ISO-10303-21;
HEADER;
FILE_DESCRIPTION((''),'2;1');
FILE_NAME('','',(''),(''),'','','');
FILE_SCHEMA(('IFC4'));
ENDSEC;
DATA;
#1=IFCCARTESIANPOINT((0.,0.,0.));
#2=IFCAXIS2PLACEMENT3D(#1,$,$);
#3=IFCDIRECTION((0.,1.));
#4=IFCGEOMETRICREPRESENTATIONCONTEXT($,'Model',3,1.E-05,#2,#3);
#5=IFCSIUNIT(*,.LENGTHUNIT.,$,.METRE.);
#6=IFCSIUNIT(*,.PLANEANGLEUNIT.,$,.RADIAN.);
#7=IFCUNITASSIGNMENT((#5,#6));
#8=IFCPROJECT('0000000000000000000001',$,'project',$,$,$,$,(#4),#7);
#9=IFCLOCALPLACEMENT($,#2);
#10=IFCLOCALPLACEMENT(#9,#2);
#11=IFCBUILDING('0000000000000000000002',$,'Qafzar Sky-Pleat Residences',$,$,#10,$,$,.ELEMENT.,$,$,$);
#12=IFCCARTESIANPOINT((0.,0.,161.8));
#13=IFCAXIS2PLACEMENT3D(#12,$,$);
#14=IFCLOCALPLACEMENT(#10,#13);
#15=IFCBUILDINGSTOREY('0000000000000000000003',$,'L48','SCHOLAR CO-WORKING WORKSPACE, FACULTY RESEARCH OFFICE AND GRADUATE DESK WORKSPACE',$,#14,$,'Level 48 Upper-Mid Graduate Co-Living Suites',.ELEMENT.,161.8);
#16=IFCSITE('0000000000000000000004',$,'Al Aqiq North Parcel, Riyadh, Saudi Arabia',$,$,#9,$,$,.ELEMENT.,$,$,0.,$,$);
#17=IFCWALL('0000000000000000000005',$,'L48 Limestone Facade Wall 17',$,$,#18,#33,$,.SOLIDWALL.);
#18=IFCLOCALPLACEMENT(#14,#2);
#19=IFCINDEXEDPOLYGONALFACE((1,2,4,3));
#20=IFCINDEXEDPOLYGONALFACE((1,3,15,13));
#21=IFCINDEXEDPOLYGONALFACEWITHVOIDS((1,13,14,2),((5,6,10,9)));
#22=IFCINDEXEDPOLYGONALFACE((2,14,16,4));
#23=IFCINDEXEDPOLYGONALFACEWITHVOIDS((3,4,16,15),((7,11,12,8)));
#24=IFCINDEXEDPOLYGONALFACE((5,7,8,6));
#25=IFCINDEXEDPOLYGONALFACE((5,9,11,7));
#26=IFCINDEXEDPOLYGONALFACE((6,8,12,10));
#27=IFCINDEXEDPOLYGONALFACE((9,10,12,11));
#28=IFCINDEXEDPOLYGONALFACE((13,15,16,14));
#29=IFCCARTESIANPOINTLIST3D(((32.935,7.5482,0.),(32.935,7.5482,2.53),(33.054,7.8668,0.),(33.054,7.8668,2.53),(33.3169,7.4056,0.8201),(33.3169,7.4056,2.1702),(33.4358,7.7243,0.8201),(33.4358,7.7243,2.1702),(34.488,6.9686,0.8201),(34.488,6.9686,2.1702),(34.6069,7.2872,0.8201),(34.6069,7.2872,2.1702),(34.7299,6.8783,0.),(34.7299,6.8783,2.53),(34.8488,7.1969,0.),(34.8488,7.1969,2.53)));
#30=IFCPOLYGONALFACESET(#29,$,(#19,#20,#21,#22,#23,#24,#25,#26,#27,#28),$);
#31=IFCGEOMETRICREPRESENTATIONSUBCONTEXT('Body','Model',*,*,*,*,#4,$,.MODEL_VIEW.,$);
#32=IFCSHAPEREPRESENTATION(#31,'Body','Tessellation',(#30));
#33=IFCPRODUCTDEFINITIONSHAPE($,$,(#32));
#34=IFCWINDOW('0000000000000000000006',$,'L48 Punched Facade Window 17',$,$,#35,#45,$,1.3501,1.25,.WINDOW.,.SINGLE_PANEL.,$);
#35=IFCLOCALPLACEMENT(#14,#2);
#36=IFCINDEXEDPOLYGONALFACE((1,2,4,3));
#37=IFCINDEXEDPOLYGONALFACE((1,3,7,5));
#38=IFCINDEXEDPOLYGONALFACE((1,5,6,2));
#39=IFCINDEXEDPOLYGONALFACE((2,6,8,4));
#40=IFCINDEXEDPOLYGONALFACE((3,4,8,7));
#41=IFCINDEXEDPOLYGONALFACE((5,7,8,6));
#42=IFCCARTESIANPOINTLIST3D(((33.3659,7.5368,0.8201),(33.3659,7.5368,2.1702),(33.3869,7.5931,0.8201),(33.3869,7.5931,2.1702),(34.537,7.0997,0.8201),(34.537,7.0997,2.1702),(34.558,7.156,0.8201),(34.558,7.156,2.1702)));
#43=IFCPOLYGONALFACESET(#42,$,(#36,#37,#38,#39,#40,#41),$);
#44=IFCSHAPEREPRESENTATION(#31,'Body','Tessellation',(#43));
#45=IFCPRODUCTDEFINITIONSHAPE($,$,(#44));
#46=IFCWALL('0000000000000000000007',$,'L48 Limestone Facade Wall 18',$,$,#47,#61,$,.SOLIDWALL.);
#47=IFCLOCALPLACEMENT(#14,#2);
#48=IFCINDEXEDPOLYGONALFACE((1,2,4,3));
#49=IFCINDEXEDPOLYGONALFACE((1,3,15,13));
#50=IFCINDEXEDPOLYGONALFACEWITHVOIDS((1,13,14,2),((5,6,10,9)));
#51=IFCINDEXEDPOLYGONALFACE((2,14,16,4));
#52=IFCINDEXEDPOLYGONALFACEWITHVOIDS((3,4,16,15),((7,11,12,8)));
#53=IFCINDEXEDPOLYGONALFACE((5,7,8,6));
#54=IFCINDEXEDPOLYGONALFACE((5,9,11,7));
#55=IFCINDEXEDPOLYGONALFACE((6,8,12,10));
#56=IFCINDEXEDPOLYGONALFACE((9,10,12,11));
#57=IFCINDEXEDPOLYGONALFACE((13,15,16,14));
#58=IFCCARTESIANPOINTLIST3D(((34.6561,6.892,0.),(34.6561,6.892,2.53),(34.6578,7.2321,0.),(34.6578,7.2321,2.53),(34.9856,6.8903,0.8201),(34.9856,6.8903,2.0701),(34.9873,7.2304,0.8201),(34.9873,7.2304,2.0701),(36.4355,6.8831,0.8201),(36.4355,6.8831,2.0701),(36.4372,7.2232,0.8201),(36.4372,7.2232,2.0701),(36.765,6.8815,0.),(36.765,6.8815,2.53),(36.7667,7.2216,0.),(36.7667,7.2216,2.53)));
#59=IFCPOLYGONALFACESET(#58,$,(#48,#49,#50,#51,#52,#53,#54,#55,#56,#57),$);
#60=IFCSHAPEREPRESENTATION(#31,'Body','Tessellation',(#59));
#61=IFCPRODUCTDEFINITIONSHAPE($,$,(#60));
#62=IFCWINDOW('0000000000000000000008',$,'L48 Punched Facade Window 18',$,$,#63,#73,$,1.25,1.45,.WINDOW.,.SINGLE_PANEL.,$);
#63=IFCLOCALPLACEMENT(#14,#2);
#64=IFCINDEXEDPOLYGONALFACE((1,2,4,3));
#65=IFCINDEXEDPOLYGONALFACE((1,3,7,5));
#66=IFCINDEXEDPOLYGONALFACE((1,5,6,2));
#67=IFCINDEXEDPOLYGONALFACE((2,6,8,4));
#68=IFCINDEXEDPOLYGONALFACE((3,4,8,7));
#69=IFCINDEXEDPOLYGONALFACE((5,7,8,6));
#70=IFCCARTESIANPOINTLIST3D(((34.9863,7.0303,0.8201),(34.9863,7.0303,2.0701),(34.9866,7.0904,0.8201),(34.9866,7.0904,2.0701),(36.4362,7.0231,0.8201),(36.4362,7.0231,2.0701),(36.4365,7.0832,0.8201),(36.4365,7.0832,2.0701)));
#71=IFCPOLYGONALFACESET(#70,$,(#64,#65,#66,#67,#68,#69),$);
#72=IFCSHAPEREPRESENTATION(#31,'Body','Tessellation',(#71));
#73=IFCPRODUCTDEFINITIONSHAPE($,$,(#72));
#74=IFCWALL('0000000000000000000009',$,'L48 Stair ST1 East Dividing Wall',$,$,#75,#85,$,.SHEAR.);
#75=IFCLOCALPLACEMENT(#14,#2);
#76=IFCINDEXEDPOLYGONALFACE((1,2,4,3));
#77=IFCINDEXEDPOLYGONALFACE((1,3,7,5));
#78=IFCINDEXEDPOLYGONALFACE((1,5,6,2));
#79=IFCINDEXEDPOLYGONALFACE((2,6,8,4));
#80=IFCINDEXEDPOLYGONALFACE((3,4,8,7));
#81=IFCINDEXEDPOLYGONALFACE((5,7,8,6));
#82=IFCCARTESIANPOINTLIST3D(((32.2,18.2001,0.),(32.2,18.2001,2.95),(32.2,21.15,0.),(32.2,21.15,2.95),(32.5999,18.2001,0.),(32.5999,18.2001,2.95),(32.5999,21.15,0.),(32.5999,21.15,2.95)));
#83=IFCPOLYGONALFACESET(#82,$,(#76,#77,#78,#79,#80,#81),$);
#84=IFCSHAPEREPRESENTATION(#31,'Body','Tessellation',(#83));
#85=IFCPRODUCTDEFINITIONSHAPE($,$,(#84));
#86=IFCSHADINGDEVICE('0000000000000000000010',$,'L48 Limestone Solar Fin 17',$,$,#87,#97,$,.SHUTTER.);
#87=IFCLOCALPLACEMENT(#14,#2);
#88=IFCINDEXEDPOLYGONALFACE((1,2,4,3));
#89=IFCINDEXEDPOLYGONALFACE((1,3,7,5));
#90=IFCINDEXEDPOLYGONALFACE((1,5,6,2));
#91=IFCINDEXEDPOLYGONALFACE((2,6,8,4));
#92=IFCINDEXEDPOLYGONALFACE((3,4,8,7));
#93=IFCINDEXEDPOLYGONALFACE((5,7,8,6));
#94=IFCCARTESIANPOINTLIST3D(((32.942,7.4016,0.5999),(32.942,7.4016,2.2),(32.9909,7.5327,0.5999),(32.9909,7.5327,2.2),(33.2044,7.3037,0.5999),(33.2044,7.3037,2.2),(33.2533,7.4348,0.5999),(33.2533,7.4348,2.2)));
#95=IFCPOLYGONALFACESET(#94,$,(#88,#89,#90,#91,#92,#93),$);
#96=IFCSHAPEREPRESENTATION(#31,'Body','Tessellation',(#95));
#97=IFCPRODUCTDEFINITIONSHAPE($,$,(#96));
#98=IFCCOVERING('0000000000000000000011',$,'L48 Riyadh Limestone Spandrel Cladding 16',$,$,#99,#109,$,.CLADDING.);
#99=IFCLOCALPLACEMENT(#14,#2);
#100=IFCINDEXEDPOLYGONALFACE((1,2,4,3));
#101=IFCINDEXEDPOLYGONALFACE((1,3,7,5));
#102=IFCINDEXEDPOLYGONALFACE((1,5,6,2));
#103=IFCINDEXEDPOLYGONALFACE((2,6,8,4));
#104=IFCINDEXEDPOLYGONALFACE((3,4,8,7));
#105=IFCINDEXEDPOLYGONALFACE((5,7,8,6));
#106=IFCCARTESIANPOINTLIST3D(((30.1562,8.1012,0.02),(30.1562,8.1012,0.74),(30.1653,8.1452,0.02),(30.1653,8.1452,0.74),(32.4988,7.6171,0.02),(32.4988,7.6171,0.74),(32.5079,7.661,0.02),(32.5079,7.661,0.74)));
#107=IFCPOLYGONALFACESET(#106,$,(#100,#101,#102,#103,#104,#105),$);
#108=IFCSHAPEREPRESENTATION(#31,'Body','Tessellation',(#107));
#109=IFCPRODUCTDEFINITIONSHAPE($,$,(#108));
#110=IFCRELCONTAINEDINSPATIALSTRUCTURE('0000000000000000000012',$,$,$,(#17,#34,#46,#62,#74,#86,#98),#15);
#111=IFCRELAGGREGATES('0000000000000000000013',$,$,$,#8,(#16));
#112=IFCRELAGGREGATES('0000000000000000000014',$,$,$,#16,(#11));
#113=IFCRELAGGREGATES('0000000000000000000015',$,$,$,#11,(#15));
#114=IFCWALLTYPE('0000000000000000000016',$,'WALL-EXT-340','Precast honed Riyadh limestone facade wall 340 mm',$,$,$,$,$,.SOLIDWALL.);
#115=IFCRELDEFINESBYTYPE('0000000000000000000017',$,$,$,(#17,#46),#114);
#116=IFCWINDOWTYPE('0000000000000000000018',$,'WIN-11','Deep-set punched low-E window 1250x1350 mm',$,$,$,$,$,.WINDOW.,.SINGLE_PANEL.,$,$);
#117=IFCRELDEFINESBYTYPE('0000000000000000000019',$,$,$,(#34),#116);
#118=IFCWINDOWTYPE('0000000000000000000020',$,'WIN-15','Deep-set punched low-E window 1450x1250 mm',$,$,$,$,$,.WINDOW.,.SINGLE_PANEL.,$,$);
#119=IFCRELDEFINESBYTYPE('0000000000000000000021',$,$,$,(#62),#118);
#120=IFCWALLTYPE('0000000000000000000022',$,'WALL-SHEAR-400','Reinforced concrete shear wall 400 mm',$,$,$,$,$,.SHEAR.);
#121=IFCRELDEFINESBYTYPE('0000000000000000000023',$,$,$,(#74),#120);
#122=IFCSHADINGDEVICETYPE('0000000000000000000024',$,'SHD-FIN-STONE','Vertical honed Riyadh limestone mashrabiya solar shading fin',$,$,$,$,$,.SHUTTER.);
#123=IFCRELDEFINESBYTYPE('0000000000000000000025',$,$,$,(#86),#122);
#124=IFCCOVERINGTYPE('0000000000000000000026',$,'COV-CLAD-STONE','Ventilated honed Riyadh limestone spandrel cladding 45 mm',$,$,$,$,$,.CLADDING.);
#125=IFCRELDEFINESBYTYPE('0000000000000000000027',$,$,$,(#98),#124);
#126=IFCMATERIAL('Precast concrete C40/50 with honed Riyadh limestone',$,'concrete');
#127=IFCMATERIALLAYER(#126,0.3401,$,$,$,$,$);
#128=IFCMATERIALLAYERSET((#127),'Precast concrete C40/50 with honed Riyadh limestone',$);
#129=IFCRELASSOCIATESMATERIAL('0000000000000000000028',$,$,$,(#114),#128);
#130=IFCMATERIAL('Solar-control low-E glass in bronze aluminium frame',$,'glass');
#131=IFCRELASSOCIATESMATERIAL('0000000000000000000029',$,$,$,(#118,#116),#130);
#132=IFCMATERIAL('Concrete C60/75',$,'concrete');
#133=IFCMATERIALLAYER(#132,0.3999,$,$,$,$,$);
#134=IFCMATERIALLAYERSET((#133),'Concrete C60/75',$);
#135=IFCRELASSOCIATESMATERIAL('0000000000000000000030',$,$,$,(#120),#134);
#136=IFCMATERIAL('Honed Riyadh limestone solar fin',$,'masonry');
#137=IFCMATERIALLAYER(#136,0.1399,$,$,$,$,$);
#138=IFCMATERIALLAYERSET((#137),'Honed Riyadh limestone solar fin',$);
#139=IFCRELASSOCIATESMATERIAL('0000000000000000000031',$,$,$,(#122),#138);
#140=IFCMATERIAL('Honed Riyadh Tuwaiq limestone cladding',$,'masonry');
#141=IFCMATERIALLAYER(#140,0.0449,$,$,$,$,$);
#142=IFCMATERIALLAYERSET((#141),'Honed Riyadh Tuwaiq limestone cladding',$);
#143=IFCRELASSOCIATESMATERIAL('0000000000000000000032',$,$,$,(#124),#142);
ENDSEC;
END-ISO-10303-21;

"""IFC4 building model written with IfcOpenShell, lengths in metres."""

from ifc_helpers import new_model, si_unit, direction, frame, frame_2d, origin, origin_2d, place, context, subcontext, project, spatial, rectangle, extrude, source, transform, mapped, material, layer, layer_set, type_object, element, fill, save


model = new_model("IFC4")

# Units and contexts
model_context = context("Model", 3, precision=1e-05, world=origin(), true_north=direction((0.0, 1.0)))
body_context = subcontext(model_context, "Body", "Model", "MODEL_VIEW")
ifc_project = project(units=[si_unit("LENGTHUNIT", "METRE"), si_unit("PLANEANGLEUNIT", "RADIAN")], contexts=[model_context])

# Site, building, storey
site_placement = place(None, origin())
site = spatial("IfcSite", under=ifc_project, at=site_placement, Name="Al Aqiq North Parcel, Riyadh, Saudi Arabia", CompositionType="ELEMENT", RefElevation=0.0)
building_placement = place(site_placement, origin())
building = spatial("IfcBuilding", under=site, at=building_placement, Name="Qafzar Sky-Pleat Residences", CompositionType="ELEMENT")
storey_placement = place(building_placement, frame((0.0, 0.0, 161.8)))
storey = spatial("IfcBuildingStorey", under=building, at=storey_placement, Name="L48", Description="SCHOLAR CO-WORKING WORKSPACE, FACULTY RESEARCH OFFICE AND GRADUATE DESK WORKSPACE", LongName="Level 48 Upper-Mid Graduate Co-Living Suites", CompositionType="ELEMENT", Elevation=161.8)

# Shared definitions
ifc_material_1 = material(Name="Concrete C60/75", Category="concrete")

# Walls, openings, windows
ifc_material_2 = material(Name="Precast concrete C40/50 with honed Riyadh limestone", Category="concrete")
ifc_layer_1 = layer(ifc_material_2, 0.3401)
ifc_layer_set_1 = layer_set([ifc_layer_1], Name="Precast concrete C40/50 with honed Riyadh limestone")
wall_type_1 = type_object("IfcWallType", Name="WALL-EXT-340", Description="Precast honed Riyadh limestone facade wall 340 mm", PredefinedType="SOLIDWALL", material=ifc_layer_set_1)
ifc_material_3 = material(Name="Solar-control low-E glass in bronze aluminium frame", Category="glass")
window_type_1 = type_object("IfcWindowType", Name="WIN-15", Description="Deep-set punched low-E window 1450x1250 mm", PartitioningType="SINGLE_PANEL", PredefinedType="WINDOW", material=ifc_material_3)
shared_shape_1 = source(origin(), body_context, "Body", "SweptSolid", [
    extrude(rectangle(XDim=1.45, YDim=1.25, at=frame_2d((0.7251, 0.625))), frame((0.0, 0.03, 0.0), z_axis=(0.0, -1.0, 0.0), x_axis=(1.0, 0.0, 0.0)), (0.0, 0.0, 1.0), 0.0601),
])
wall_1_placement = place(storey_placement, frame((32.9944, 7.7075, 0.0), z_axis=(0.0, 0.0, 1.0), x_axis=(0.936873, -0.349671, 0.0)))
wall_1 = element("IfcWall", 1, at=wall_1_placement, inside=storey, type_object=wall_type_1, Name="L48 Limestone Facade Wall 17", PredefinedType="SOLIDWALL", context=body_context, shape_type="SweptSolid", body=[
    extrude(rectangle(XDim=1.9158, YDim=0.3401, at=frame_2d((0.958, 0.0))), origin(), (0.0, 0.0, 1.0), 2.53),
])
opening_1_placement = place(wall_1_placement, frame((0.4077, 0.0, 0.8201)))
opening_1 = element("IfcOpeningElement", 2, at=opening_1_placement, cuts=wall_1, PredefinedType="OPENING", context=body_context, shape_type="SweptSolid", body=[
    extrude(rectangle(XDim=1.25, YDim=1.3501, at=frame_2d((0.625, 0.675))), frame((0.0, 0.1802, 0.0), z_axis=(0.0, -1.0, 0.0), x_axis=(1.0, 0.0, 0.0)), (0.0, 0.0, 1.0), 0.3601),
])
window_type_2 = type_object("IfcWindowType", Name="WIN-11", Description="Deep-set punched low-E window 1250x1350 mm", PartitioningType="SINGLE_PANEL", PredefinedType="WINDOW", material=ifc_material_3)
shared_shape_2 = source(origin(), body_context, "Body", "SweptSolid", [
    extrude(rectangle(XDim=1.25, YDim=1.3501, at=frame_2d((0.625, 0.675))), frame((0.0, 0.03, 0.0), z_axis=(0.0, -1.0, 0.0), x_axis=(1.0, 0.0, 0.0)), (0.0, 0.0, 1.0), 0.0601),
])
window_1_placement = place(opening_1_placement, origin())
window_1 = element("IfcWindow", 3, at=window_1_placement, inside=storey, type_object=window_type_2, Name="L48 Punched Facade Window 17", OverallHeight=1.3501, OverallWidth=1.25, PartitioningType="SINGLE_PANEL", PredefinedType="WINDOW", context=body_context, shape_type="MappedRepresentation", body=[
    mapped(shared_shape_2, transform((0.0, 0.0, 0.0), x_axis=(1.0, 0.0, 0.0), y_axis=(0.0, 1.0, 0.0), z_axis=(0.0, 0.0, 1.0), scale=1.0)),
])
fill(opening_1, window_1)
wall_2_placement = place(storey_placement, frame((34.657, 7.062, 0.0), z_axis=(0.0, 0.0, 1.0), x_axis=(0.999988, -0.004978, 0.0)))
wall_2 = element("IfcWall", 4, at=wall_2_placement, inside=storey, type_object=wall_type_1, Name="L48 Limestone Facade Wall 18", PredefinedType="SOLIDWALL", context=body_context, shape_type="SweptSolid", body=[
    extrude(rectangle(XDim=2.1089, YDim=0.3401, at=frame_2d((1.0544, 0.0))), origin(), (0.0, 0.0, 1.0), 2.53),
])
opening_2_placement = place(wall_2_placement, frame((0.3293, 0.0, 0.8201)))
opening_2 = element("IfcOpeningElement", 5, at=opening_2_placement, cuts=wall_2, PredefinedType="OPENING", context=body_context, shape_type="SweptSolid", body=[
    extrude(rectangle(XDim=1.45, YDim=1.25, at=frame_2d((0.7251, 0.625))), frame((0.0, 0.1802, 0.0), z_axis=(0.0, -1.0, 0.0), x_axis=(1.0, 0.0, 0.0)), (0.0, 0.0, 1.0), 0.3601),
])
window_2_placement = place(opening_2_placement, origin())
window_2 = element("IfcWindow", 6, at=window_2_placement, inside=storey, type_object=window_type_1, Name="L48 Punched Facade Window 18", OverallHeight=1.25, OverallWidth=1.45, PartitioningType="SINGLE_PANEL", PredefinedType="WINDOW", context=body_context, shape_type="MappedRepresentation", body=[
    mapped(shared_shape_1, transform((0.0, 0.0, 0.0), x_axis=(1.0, 0.0, 0.0), y_axis=(0.0, 1.0, 0.0), z_axis=(0.0, 0.0, 1.0), scale=1.0)),
])
fill(opening_2, window_2)

# Wall
ifc_layer_2 = layer(ifc_material_1, 0.3999)
ifc_layer_set_2 = layer_set([ifc_layer_2], Name="Concrete C60/75")
wall_type_2 = type_object("IfcWallType", Name="WALL-SHEAR-400", Description="Reinforced concrete shear wall 400 mm", PredefinedType="SHEAR", material=ifc_layer_set_2)
wall_3_placement = place(storey_placement, frame((32.3999, 18.2, 0.0), z_axis=(0.0, 0.0, 1.0), x_axis=(0.0, 1.0, 0.0)))
element("IfcWall", 7, at=wall_3_placement, inside=storey, type_object=wall_type_2, Name="L48 Stair ST1 East Dividing Wall", PredefinedType="SHEAR", context=body_context, shape_type="SweptSolid", body=[
    extrude(rectangle(XDim=2.95, YDim=0.3999, at=frame_2d((1.4751, 0.0))), origin(), (0.0, 0.0, 1.0), 2.95),
])

# Shading device
ifc_material_4 = material(Name="Honed Riyadh limestone solar fin", Category="masonry")
ifc_layer_3 = layer(ifc_material_4, 0.1399)
ifc_layer_set_3 = layer_set([ifc_layer_3], Name="Honed Riyadh limestone solar fin")
shading_device_type = type_object("IfcShadingDeviceType", Name="SHD-FIN-STONE", Description="Vertical honed Riyadh limestone mashrabiya solar shading fin", PredefinedType="SHUTTER", material=ifc_layer_set_3)
shared_shape_3 = source(origin(), body_context, "Body", "SweptSolid", [
    extrude(rectangle(XDim=0.1399, YDim=0.28, at=origin_2d()), origin(), (0.0, 0.0, 1.0), 1.6001),
])
shading_device_placement = place(storey_placement, frame((33.0977, 7.4182, 0.5999), z_axis=(0.0, 0.0, 1.0), x_axis=(-0.349592, -0.936902, 0.0)))
element("IfcShadingDevice", 8, at=shading_device_placement, inside=storey, type_object=shading_device_type, Name="L48 Limestone Solar Fin 17", PredefinedType="SHUTTER", context=body_context, shape_type="MappedRepresentation", body=[
    mapped(shared_shape_3, transform((0.0, 0.0, 0.0), x_axis=(1.0, 0.0, 0.0), y_axis=(0.0, 1.0, 0.0), z_axis=(0.0, 0.0, 1.0), scale=1.0)),
])

# Covering
ifc_material_5 = material(Name="Honed Riyadh Tuwaiq limestone cladding", Category="masonry")
ifc_layer_4 = layer(ifc_material_5, 0.0449)
ifc_layer_set_4 = layer_set([ifc_layer_4], Name="Honed Riyadh Tuwaiq limestone cladding")
covering_type = type_object("IfcCoveringType", Name="COV-CLAD-STONE", Description="Ventilated honed Riyadh limestone spandrel cladding 45 mm", PredefinedType="CLADDING", material=ifc_layer_set_4)
shared_shape_4 = source(origin(), body_context, "Body", "SweptSolid", [
    extrude(rectangle(XDim=2.3921, YDim=0.0449, at=origin_2d()), origin(), (0.0, 0.0, 1.0), 0.72),
])
covering_placement = place(storey_placement, frame((31.332, 7.8811, 0.02), z_axis=(0.0, 0.0, 1.0), x_axis=(0.979307, -0.202378, 0.0)))
element("IfcCovering", 9, at=covering_placement, inside=storey, type_object=covering_type, Name="L48 Riyadh Limestone Spandrel Cladding 16", PredefinedType="CLADDING", context=body_context, shape_type="MappedRepresentation", body=[
    mapped(shared_shape_4, transform((0.0, 0.0, 0.0), x_axis=(1.0, 0.0, 0.0), y_axis=(0.0, 1.0, 0.0), z_axis=(0.0, 0.0, 1.0), scale=1.0)),
])

save(model, "model.ifc")
